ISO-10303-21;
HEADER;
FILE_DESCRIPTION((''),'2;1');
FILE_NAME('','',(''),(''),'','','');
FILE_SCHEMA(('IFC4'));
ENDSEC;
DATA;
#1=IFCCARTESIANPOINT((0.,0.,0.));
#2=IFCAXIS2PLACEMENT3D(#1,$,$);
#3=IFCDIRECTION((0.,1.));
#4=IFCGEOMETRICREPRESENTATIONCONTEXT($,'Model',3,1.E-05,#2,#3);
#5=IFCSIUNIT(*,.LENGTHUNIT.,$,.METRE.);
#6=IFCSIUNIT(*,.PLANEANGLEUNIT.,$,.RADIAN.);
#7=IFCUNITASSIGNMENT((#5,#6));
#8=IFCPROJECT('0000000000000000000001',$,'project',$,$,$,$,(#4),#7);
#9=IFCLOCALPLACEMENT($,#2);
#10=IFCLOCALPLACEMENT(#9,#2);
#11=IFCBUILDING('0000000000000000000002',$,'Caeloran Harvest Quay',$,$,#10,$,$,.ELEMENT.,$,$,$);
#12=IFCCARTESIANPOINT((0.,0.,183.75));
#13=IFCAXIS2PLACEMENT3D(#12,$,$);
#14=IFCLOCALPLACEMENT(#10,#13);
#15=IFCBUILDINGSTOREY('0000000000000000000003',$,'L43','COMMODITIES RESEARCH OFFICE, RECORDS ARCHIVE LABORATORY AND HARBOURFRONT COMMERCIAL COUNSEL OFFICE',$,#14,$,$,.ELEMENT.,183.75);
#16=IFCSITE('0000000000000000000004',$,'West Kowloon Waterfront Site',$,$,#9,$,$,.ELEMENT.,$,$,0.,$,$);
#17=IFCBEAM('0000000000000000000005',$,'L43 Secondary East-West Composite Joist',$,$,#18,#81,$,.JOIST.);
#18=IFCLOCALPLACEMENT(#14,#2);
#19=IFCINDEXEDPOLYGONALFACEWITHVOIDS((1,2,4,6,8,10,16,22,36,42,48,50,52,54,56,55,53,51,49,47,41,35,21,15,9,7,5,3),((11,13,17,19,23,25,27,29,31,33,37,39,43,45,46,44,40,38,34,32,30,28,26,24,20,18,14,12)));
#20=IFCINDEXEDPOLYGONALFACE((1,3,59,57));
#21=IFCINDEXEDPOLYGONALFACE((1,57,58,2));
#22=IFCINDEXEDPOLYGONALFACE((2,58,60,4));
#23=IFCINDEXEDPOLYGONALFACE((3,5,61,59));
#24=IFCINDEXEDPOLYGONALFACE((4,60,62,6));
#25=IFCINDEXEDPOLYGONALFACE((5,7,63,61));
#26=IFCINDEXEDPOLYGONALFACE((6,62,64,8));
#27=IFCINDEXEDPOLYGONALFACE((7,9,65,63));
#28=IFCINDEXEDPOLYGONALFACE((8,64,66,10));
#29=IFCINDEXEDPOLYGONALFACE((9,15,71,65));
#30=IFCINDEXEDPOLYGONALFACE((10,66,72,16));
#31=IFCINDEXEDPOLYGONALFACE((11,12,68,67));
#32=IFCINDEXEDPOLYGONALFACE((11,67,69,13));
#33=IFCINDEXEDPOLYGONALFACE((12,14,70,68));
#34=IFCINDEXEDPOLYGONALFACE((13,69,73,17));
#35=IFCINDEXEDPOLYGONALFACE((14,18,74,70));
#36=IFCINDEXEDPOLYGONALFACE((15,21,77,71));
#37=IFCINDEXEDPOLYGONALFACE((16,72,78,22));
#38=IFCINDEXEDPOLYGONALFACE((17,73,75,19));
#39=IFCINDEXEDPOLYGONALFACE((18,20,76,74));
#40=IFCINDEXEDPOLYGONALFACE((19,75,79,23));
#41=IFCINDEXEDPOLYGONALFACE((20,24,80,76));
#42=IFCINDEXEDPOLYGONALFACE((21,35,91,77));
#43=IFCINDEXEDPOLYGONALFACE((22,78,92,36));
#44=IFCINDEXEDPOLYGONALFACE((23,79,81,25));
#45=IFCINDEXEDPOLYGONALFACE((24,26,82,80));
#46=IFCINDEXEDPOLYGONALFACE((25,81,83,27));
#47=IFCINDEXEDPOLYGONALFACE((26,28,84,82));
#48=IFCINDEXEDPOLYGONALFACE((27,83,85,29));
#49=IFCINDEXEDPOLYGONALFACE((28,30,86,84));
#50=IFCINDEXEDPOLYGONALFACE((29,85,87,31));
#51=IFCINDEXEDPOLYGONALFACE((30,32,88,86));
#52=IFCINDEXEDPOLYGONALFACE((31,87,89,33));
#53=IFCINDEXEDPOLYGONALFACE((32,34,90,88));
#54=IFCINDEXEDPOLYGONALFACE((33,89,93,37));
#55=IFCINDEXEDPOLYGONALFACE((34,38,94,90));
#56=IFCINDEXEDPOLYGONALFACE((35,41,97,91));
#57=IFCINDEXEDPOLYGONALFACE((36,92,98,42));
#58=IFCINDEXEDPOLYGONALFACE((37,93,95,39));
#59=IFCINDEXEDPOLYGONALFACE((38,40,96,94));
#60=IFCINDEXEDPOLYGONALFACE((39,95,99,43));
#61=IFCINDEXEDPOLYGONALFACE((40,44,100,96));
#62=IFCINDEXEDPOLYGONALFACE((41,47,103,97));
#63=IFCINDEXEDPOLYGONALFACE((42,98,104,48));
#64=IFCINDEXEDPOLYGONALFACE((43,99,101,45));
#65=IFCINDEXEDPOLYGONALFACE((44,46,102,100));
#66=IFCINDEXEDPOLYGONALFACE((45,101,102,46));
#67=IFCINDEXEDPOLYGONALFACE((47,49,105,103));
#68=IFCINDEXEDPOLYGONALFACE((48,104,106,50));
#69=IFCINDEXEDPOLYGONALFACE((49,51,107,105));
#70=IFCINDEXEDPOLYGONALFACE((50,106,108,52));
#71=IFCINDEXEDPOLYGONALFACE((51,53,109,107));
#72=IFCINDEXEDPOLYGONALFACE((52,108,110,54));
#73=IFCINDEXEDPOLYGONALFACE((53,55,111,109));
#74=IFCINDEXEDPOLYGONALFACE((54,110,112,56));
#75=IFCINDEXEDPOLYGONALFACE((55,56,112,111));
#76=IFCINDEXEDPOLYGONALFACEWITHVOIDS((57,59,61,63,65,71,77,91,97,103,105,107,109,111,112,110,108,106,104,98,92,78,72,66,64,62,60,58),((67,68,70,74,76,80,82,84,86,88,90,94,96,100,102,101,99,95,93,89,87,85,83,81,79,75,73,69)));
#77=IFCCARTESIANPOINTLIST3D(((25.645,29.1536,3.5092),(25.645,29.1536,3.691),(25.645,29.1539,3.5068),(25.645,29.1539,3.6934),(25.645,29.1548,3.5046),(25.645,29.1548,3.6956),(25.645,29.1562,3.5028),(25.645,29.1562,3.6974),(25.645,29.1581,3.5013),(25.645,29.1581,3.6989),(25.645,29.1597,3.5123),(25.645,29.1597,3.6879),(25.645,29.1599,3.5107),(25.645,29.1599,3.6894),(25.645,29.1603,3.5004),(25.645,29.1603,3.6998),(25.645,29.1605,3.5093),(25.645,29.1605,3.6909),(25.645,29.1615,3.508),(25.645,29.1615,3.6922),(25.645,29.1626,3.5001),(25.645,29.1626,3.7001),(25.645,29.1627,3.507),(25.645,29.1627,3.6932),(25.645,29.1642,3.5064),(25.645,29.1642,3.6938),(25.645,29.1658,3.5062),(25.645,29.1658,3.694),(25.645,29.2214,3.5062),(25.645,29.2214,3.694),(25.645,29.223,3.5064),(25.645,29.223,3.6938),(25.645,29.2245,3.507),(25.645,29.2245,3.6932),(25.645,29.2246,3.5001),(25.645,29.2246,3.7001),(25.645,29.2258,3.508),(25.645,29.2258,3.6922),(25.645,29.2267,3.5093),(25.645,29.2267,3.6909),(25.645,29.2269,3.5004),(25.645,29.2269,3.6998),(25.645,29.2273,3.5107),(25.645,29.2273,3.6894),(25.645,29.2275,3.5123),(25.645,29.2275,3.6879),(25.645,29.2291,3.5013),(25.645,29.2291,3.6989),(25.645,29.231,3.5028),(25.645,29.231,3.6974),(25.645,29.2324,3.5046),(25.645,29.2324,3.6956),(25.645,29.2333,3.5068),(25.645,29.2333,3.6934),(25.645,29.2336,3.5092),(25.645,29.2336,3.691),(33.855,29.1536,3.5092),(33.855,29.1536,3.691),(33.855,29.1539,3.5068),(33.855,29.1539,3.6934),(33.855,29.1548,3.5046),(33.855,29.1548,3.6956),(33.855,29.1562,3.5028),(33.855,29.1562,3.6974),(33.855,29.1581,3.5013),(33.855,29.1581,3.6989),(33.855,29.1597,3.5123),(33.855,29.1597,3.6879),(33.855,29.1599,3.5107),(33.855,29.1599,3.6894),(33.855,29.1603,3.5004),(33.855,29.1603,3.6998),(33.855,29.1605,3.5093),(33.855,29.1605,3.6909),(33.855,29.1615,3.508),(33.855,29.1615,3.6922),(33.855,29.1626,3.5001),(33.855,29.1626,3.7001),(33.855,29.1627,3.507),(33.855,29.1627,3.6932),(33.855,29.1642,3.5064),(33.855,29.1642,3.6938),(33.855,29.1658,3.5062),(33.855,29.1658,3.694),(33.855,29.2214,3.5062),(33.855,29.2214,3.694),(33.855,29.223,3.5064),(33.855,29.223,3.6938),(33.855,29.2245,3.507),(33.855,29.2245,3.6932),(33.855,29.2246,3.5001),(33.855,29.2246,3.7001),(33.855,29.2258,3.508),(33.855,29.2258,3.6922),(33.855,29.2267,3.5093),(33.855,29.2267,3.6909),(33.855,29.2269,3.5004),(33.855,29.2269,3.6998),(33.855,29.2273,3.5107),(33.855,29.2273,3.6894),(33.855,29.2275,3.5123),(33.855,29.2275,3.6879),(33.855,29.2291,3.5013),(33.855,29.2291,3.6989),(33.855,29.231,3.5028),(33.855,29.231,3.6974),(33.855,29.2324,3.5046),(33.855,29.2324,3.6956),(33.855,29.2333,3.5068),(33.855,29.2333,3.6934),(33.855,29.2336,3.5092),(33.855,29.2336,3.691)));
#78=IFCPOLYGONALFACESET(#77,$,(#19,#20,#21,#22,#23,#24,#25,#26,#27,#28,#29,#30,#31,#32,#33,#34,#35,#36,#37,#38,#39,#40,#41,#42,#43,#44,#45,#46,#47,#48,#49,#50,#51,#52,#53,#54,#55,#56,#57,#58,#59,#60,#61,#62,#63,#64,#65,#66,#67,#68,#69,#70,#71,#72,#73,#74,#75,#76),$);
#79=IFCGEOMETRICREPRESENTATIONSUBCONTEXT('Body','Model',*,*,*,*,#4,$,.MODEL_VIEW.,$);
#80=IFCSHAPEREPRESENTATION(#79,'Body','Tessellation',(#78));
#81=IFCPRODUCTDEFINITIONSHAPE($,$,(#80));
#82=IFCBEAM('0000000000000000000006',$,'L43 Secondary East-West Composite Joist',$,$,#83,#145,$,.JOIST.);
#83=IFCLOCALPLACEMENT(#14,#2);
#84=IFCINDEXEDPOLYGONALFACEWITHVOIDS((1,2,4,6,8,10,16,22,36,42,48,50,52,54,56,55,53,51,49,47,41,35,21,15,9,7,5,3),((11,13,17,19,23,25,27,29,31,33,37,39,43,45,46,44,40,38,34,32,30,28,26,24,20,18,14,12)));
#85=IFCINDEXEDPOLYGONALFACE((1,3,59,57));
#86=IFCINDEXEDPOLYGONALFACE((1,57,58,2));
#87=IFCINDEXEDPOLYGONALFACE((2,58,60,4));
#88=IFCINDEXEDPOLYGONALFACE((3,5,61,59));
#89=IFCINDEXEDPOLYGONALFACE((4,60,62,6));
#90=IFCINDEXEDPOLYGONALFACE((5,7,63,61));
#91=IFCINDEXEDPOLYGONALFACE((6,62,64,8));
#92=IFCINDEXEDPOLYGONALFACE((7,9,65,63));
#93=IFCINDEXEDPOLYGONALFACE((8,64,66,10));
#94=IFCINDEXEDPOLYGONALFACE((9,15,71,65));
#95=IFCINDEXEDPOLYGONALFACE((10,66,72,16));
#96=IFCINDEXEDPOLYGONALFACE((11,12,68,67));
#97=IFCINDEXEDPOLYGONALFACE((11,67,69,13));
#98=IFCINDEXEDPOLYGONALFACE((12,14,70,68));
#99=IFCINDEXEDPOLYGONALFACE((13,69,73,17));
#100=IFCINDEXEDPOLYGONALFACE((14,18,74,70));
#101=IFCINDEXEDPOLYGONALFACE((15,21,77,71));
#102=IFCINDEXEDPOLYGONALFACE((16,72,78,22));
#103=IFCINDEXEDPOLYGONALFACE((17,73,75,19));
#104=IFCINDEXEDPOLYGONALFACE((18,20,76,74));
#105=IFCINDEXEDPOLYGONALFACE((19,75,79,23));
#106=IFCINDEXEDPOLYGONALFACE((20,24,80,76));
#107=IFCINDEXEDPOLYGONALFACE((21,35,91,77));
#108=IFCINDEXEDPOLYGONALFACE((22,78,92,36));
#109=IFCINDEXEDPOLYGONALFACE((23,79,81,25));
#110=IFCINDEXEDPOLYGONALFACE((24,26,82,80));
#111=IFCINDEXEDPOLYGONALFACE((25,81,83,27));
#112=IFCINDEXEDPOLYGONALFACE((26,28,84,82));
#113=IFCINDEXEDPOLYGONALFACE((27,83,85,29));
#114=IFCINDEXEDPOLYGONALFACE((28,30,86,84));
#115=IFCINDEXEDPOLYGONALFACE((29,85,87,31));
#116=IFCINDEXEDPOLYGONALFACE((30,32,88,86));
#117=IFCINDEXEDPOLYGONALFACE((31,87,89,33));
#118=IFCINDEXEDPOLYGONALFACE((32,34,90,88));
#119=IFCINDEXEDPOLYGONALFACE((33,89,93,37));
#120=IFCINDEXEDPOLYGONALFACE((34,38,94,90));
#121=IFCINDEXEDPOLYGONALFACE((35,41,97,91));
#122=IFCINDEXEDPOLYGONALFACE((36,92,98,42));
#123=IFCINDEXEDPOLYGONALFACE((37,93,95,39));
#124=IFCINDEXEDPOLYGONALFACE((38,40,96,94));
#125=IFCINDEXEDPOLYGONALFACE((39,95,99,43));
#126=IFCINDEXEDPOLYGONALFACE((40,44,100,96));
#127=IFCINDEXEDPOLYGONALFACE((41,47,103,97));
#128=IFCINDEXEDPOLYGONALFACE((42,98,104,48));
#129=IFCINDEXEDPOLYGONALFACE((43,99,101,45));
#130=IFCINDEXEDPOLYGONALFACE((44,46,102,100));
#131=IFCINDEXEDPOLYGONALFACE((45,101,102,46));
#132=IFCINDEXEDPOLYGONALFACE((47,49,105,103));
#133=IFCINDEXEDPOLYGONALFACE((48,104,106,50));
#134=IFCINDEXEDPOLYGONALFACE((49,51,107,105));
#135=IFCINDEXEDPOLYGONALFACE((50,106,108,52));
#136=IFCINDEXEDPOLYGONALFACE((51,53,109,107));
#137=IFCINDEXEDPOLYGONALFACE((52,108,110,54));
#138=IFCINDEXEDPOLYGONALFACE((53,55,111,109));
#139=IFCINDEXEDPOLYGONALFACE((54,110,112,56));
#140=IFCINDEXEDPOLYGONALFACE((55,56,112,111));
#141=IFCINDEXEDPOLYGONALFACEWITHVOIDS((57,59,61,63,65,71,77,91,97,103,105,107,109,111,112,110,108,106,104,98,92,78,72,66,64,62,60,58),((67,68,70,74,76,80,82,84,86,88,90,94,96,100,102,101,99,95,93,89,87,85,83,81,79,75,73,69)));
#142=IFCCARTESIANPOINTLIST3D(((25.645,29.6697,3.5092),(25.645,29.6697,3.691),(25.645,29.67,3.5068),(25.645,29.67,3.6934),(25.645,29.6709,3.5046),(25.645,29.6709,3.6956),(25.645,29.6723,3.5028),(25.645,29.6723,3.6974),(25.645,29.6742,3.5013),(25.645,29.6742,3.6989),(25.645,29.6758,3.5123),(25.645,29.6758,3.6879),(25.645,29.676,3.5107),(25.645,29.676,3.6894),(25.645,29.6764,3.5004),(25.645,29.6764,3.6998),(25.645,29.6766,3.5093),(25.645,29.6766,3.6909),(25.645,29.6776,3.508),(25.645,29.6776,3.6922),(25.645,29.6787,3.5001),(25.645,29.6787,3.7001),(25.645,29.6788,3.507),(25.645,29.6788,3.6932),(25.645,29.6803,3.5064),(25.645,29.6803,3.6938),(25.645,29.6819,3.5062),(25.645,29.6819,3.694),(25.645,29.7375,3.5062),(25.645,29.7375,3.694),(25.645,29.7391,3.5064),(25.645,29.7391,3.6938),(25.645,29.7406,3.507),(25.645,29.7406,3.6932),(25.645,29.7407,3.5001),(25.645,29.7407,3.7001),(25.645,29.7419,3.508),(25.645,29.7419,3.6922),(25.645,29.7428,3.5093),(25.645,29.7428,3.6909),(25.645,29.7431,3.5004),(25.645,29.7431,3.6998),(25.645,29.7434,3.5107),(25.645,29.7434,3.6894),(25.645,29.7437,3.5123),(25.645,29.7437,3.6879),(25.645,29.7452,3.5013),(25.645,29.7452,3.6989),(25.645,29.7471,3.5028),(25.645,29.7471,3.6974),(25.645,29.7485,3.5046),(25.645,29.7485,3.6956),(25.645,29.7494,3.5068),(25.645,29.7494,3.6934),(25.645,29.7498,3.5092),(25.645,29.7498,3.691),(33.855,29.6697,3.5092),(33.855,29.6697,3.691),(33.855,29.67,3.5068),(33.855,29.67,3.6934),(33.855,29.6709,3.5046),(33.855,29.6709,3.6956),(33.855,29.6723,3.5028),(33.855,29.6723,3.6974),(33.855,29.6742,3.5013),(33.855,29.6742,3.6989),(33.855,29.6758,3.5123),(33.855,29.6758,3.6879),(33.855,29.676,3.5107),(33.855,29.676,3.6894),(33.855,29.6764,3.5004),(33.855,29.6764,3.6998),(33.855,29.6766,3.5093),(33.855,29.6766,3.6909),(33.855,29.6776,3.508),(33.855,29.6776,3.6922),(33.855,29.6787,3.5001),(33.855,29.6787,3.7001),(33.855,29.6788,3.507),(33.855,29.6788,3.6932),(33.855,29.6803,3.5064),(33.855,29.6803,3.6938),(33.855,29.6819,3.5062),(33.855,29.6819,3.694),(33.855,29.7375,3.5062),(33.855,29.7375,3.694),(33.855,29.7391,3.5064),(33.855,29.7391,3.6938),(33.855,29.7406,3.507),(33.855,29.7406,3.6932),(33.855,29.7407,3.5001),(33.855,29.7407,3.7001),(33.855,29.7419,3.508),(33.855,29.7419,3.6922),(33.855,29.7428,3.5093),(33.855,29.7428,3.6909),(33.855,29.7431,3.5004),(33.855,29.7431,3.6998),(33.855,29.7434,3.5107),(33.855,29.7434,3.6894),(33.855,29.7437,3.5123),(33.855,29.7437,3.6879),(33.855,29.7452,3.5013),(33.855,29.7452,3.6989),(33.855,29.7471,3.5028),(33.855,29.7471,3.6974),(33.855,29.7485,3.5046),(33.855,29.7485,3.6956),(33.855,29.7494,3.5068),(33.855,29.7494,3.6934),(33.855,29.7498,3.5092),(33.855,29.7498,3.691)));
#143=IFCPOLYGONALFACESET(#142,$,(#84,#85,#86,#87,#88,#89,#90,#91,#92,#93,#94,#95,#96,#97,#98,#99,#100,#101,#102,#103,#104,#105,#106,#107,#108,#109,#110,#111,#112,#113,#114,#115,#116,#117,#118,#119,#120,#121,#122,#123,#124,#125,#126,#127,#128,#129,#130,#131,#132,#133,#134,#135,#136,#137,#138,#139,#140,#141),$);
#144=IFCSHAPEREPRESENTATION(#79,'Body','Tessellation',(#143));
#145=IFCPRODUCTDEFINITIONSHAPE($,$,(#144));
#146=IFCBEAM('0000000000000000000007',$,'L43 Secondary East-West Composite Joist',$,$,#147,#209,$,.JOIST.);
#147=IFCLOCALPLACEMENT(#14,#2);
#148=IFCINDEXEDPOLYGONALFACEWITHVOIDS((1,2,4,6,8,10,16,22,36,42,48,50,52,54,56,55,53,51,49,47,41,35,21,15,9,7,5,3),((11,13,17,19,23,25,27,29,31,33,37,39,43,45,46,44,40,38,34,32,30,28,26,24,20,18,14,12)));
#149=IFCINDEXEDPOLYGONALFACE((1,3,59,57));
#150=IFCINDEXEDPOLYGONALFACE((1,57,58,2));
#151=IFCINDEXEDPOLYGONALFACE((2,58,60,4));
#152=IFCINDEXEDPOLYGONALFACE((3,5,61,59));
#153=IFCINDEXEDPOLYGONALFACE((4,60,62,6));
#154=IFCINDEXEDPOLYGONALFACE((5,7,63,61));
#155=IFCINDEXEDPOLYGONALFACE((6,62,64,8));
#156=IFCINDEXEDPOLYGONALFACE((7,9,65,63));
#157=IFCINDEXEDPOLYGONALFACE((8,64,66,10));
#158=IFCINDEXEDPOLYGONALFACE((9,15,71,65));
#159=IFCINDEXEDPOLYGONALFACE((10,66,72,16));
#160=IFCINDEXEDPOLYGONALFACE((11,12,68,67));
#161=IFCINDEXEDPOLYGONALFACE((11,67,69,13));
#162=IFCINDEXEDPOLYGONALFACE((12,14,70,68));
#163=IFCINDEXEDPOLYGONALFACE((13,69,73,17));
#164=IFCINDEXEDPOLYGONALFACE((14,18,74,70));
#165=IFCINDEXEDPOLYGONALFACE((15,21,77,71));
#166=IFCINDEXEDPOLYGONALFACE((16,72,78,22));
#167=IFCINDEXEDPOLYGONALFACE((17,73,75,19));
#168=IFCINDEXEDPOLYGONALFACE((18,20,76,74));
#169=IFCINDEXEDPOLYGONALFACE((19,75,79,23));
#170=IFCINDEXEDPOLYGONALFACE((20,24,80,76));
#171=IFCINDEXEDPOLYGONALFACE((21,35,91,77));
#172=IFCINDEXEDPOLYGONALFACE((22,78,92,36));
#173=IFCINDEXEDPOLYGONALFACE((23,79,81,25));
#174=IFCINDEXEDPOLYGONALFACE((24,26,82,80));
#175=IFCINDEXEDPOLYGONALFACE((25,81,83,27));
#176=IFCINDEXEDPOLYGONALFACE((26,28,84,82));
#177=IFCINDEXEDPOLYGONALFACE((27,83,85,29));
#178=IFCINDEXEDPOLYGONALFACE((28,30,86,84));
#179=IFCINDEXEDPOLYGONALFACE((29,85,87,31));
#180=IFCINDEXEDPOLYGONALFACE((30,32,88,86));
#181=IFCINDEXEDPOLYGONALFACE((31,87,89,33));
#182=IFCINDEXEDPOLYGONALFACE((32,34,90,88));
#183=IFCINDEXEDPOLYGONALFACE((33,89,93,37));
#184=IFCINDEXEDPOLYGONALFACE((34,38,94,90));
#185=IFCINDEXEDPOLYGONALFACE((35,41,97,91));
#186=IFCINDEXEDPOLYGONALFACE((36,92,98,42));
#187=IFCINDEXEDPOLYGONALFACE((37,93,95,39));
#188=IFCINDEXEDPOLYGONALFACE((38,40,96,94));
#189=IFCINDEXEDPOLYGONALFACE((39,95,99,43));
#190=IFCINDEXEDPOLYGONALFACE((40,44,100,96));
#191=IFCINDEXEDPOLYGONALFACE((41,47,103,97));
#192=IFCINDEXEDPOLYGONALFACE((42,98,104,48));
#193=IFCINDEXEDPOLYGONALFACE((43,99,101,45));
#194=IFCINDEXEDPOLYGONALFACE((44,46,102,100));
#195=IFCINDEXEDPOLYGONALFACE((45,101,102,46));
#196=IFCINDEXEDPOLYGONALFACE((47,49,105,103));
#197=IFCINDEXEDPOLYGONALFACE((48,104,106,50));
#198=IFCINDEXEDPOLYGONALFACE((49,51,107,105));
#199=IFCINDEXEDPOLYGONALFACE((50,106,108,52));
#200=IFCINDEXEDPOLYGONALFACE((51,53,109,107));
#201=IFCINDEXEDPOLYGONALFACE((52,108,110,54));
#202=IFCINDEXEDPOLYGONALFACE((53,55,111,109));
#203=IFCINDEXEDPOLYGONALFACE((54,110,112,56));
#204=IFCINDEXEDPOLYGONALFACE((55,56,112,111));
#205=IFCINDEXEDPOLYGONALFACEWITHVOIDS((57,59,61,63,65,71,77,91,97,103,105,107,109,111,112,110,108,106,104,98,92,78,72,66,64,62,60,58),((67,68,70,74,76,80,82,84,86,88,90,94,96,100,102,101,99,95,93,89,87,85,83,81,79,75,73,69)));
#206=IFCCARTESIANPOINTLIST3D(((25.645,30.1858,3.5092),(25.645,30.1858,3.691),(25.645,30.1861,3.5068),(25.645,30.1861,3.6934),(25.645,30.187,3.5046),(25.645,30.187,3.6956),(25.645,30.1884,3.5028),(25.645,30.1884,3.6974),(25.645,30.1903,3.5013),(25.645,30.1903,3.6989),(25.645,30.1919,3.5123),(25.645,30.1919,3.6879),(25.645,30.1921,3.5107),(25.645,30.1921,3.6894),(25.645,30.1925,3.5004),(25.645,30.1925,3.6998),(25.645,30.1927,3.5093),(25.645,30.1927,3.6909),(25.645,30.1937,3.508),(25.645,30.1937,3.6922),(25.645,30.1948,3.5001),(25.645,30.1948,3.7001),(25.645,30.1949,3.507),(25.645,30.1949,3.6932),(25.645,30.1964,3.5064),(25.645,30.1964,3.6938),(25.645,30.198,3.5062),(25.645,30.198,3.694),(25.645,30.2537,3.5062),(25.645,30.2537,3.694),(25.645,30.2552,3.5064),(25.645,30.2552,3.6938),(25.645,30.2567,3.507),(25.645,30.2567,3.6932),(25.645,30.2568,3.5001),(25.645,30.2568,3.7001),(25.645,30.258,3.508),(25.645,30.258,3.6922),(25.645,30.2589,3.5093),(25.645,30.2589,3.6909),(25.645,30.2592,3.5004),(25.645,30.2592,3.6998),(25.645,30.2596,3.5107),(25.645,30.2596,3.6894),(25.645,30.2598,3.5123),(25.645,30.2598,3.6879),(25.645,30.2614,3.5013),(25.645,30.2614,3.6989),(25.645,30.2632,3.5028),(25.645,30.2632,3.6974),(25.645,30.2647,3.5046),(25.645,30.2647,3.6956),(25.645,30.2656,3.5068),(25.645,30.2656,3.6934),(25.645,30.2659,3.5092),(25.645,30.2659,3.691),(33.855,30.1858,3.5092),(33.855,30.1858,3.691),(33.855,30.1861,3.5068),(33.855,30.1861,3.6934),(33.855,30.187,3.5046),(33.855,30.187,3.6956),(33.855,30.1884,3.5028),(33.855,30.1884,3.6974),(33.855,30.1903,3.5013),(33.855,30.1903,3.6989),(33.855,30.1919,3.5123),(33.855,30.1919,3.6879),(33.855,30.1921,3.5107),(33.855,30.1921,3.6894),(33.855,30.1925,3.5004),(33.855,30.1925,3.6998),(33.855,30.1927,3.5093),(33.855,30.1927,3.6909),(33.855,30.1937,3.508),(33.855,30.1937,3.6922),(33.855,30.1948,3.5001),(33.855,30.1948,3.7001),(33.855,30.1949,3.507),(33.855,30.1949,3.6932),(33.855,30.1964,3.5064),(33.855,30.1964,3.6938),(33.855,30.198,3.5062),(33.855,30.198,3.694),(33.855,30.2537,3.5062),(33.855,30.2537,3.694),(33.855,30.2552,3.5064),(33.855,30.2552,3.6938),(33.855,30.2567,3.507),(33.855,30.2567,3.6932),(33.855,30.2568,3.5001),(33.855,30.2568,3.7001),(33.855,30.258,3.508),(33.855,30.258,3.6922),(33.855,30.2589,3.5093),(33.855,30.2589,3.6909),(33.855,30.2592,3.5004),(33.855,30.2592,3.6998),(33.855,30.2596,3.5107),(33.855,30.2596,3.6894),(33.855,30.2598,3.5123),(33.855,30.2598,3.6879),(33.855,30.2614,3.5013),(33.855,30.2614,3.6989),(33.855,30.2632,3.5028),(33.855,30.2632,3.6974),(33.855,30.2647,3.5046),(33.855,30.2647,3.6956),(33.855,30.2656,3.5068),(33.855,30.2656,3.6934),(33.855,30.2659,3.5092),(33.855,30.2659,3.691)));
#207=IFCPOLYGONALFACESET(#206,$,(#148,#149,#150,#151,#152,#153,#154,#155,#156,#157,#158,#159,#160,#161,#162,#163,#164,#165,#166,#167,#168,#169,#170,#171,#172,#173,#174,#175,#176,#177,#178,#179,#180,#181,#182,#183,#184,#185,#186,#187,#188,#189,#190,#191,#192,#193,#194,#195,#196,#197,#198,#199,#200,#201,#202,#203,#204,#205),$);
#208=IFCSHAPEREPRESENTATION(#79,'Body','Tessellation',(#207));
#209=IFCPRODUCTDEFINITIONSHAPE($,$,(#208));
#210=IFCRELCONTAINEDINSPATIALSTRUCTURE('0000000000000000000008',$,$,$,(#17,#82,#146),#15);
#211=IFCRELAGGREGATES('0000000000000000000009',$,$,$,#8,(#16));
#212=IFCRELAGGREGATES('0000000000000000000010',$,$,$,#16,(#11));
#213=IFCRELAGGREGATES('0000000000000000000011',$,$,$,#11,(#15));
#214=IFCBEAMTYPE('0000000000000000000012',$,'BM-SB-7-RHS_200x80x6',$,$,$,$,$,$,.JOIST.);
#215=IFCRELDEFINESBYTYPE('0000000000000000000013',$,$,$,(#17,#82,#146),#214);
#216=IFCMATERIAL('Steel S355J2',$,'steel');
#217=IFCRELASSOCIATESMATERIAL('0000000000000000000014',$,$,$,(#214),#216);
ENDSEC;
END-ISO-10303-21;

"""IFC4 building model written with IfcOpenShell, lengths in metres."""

from ifc_helpers import new_model, si_unit, direction, frame, origin, origin_2d, place, context, subcontext, project, spatial, hollow_rectangle, extrude, material, material_profile, profile_set, type_object, element, save


model = new_model("IFC4")

# Units and contexts
model_context = context("Model", 3, precision=1e-05, world=origin(), true_north=direction((0.0, 1.0)))
body_context = subcontext(model_context, "Body", "Model", "MODEL_VIEW")
ifc_project = project(units=[si_unit("LENGTHUNIT", "METRE"), si_unit("PLANEANGLEUNIT", "RADIAN")], contexts=[model_context])

# Site, building, storey
site_placement = place(None, origin())
site = spatial("IfcSite", under=ifc_project, at=site_placement, Name="West Kowloon Waterfront Site", CompositionType="ELEMENT", RefElevation=0.0)
building_placement = place(site_placement, origin())
building = spatial("IfcBuilding", under=site, at=building_placement, Name="Caeloran Harvest Quay", CompositionType="ELEMENT")
storey_placement = place(building_placement, frame((0.0, 0.0, 183.75)))
storey = spatial("IfcBuildingStorey", under=building, at=storey_placement, Name="L43", Description="COMMODITIES RESEARCH OFFICE, RECORDS ARCHIVE LABORATORY AND HARBOURFRONT COMMERCIAL COUNSEL OFFICE", CompositionType="ELEMENT", Elevation=183.75)

# Beams
ifc_material_1 = material(Name="Steel S355J2", Category="steel")
ifc_material_profile_1 = material_profile(ifc_material_1, hollow_rectangle(XDim=0.0801, YDim=0.2, WallThickness=0.0061, InnerFilletRadius=0.0061, OuterFilletRadius=0.009, at=origin_2d()), Name="RHS 200x80x6")
ifc_profile_set_1 = profile_set([ifc_material_profile_1], Name="Steel S355J2")
beam_type_1 = type_object("IfcBeamType", Name="BM-SB-7-RHS_200x80x6", PredefinedType="JOIST", material=ifc_profile_set_1)
for number, where, z_axis, x_axis, name in (
    (1, (25.645, 29.1936, 3.6001), (1.0, 0.0, 0.0), (0.0, 1.0, 0.0), "L43 Secondary East-West Composite Joist"),
    (2, (25.645, 29.7097, 3.6001), (1.0, 0.0, 0.0), (0.0, 1.0, 0.0), "L43 Secondary East-West Composite Joist"),
    (3, (25.645, 30.2258, 3.6001), (1.0, 0.0, 0.0), (0.0, 1.0, 0.0), "L43 Secondary East-West Composite Joist"),
):
    element("IfcBeam", number, at=place(storey_placement, frame(where, z_axis=z_axis, x_axis=x_axis)), inside=storey, type_object=beam_type_1, Name=name, PredefinedType="JOIST", context=body_context, shape_type="SweptSolid", body=[
        extrude(hollow_rectangle(XDim=0.0801, YDim=0.2, WallThickness=0.0061, InnerFilletRadius=0.0061, OuterFilletRadius=0.009, at=origin_2d()), origin(), (0.0, 0.0, 1.0), 8.21),
    ])

save(model, "model.ifc")
